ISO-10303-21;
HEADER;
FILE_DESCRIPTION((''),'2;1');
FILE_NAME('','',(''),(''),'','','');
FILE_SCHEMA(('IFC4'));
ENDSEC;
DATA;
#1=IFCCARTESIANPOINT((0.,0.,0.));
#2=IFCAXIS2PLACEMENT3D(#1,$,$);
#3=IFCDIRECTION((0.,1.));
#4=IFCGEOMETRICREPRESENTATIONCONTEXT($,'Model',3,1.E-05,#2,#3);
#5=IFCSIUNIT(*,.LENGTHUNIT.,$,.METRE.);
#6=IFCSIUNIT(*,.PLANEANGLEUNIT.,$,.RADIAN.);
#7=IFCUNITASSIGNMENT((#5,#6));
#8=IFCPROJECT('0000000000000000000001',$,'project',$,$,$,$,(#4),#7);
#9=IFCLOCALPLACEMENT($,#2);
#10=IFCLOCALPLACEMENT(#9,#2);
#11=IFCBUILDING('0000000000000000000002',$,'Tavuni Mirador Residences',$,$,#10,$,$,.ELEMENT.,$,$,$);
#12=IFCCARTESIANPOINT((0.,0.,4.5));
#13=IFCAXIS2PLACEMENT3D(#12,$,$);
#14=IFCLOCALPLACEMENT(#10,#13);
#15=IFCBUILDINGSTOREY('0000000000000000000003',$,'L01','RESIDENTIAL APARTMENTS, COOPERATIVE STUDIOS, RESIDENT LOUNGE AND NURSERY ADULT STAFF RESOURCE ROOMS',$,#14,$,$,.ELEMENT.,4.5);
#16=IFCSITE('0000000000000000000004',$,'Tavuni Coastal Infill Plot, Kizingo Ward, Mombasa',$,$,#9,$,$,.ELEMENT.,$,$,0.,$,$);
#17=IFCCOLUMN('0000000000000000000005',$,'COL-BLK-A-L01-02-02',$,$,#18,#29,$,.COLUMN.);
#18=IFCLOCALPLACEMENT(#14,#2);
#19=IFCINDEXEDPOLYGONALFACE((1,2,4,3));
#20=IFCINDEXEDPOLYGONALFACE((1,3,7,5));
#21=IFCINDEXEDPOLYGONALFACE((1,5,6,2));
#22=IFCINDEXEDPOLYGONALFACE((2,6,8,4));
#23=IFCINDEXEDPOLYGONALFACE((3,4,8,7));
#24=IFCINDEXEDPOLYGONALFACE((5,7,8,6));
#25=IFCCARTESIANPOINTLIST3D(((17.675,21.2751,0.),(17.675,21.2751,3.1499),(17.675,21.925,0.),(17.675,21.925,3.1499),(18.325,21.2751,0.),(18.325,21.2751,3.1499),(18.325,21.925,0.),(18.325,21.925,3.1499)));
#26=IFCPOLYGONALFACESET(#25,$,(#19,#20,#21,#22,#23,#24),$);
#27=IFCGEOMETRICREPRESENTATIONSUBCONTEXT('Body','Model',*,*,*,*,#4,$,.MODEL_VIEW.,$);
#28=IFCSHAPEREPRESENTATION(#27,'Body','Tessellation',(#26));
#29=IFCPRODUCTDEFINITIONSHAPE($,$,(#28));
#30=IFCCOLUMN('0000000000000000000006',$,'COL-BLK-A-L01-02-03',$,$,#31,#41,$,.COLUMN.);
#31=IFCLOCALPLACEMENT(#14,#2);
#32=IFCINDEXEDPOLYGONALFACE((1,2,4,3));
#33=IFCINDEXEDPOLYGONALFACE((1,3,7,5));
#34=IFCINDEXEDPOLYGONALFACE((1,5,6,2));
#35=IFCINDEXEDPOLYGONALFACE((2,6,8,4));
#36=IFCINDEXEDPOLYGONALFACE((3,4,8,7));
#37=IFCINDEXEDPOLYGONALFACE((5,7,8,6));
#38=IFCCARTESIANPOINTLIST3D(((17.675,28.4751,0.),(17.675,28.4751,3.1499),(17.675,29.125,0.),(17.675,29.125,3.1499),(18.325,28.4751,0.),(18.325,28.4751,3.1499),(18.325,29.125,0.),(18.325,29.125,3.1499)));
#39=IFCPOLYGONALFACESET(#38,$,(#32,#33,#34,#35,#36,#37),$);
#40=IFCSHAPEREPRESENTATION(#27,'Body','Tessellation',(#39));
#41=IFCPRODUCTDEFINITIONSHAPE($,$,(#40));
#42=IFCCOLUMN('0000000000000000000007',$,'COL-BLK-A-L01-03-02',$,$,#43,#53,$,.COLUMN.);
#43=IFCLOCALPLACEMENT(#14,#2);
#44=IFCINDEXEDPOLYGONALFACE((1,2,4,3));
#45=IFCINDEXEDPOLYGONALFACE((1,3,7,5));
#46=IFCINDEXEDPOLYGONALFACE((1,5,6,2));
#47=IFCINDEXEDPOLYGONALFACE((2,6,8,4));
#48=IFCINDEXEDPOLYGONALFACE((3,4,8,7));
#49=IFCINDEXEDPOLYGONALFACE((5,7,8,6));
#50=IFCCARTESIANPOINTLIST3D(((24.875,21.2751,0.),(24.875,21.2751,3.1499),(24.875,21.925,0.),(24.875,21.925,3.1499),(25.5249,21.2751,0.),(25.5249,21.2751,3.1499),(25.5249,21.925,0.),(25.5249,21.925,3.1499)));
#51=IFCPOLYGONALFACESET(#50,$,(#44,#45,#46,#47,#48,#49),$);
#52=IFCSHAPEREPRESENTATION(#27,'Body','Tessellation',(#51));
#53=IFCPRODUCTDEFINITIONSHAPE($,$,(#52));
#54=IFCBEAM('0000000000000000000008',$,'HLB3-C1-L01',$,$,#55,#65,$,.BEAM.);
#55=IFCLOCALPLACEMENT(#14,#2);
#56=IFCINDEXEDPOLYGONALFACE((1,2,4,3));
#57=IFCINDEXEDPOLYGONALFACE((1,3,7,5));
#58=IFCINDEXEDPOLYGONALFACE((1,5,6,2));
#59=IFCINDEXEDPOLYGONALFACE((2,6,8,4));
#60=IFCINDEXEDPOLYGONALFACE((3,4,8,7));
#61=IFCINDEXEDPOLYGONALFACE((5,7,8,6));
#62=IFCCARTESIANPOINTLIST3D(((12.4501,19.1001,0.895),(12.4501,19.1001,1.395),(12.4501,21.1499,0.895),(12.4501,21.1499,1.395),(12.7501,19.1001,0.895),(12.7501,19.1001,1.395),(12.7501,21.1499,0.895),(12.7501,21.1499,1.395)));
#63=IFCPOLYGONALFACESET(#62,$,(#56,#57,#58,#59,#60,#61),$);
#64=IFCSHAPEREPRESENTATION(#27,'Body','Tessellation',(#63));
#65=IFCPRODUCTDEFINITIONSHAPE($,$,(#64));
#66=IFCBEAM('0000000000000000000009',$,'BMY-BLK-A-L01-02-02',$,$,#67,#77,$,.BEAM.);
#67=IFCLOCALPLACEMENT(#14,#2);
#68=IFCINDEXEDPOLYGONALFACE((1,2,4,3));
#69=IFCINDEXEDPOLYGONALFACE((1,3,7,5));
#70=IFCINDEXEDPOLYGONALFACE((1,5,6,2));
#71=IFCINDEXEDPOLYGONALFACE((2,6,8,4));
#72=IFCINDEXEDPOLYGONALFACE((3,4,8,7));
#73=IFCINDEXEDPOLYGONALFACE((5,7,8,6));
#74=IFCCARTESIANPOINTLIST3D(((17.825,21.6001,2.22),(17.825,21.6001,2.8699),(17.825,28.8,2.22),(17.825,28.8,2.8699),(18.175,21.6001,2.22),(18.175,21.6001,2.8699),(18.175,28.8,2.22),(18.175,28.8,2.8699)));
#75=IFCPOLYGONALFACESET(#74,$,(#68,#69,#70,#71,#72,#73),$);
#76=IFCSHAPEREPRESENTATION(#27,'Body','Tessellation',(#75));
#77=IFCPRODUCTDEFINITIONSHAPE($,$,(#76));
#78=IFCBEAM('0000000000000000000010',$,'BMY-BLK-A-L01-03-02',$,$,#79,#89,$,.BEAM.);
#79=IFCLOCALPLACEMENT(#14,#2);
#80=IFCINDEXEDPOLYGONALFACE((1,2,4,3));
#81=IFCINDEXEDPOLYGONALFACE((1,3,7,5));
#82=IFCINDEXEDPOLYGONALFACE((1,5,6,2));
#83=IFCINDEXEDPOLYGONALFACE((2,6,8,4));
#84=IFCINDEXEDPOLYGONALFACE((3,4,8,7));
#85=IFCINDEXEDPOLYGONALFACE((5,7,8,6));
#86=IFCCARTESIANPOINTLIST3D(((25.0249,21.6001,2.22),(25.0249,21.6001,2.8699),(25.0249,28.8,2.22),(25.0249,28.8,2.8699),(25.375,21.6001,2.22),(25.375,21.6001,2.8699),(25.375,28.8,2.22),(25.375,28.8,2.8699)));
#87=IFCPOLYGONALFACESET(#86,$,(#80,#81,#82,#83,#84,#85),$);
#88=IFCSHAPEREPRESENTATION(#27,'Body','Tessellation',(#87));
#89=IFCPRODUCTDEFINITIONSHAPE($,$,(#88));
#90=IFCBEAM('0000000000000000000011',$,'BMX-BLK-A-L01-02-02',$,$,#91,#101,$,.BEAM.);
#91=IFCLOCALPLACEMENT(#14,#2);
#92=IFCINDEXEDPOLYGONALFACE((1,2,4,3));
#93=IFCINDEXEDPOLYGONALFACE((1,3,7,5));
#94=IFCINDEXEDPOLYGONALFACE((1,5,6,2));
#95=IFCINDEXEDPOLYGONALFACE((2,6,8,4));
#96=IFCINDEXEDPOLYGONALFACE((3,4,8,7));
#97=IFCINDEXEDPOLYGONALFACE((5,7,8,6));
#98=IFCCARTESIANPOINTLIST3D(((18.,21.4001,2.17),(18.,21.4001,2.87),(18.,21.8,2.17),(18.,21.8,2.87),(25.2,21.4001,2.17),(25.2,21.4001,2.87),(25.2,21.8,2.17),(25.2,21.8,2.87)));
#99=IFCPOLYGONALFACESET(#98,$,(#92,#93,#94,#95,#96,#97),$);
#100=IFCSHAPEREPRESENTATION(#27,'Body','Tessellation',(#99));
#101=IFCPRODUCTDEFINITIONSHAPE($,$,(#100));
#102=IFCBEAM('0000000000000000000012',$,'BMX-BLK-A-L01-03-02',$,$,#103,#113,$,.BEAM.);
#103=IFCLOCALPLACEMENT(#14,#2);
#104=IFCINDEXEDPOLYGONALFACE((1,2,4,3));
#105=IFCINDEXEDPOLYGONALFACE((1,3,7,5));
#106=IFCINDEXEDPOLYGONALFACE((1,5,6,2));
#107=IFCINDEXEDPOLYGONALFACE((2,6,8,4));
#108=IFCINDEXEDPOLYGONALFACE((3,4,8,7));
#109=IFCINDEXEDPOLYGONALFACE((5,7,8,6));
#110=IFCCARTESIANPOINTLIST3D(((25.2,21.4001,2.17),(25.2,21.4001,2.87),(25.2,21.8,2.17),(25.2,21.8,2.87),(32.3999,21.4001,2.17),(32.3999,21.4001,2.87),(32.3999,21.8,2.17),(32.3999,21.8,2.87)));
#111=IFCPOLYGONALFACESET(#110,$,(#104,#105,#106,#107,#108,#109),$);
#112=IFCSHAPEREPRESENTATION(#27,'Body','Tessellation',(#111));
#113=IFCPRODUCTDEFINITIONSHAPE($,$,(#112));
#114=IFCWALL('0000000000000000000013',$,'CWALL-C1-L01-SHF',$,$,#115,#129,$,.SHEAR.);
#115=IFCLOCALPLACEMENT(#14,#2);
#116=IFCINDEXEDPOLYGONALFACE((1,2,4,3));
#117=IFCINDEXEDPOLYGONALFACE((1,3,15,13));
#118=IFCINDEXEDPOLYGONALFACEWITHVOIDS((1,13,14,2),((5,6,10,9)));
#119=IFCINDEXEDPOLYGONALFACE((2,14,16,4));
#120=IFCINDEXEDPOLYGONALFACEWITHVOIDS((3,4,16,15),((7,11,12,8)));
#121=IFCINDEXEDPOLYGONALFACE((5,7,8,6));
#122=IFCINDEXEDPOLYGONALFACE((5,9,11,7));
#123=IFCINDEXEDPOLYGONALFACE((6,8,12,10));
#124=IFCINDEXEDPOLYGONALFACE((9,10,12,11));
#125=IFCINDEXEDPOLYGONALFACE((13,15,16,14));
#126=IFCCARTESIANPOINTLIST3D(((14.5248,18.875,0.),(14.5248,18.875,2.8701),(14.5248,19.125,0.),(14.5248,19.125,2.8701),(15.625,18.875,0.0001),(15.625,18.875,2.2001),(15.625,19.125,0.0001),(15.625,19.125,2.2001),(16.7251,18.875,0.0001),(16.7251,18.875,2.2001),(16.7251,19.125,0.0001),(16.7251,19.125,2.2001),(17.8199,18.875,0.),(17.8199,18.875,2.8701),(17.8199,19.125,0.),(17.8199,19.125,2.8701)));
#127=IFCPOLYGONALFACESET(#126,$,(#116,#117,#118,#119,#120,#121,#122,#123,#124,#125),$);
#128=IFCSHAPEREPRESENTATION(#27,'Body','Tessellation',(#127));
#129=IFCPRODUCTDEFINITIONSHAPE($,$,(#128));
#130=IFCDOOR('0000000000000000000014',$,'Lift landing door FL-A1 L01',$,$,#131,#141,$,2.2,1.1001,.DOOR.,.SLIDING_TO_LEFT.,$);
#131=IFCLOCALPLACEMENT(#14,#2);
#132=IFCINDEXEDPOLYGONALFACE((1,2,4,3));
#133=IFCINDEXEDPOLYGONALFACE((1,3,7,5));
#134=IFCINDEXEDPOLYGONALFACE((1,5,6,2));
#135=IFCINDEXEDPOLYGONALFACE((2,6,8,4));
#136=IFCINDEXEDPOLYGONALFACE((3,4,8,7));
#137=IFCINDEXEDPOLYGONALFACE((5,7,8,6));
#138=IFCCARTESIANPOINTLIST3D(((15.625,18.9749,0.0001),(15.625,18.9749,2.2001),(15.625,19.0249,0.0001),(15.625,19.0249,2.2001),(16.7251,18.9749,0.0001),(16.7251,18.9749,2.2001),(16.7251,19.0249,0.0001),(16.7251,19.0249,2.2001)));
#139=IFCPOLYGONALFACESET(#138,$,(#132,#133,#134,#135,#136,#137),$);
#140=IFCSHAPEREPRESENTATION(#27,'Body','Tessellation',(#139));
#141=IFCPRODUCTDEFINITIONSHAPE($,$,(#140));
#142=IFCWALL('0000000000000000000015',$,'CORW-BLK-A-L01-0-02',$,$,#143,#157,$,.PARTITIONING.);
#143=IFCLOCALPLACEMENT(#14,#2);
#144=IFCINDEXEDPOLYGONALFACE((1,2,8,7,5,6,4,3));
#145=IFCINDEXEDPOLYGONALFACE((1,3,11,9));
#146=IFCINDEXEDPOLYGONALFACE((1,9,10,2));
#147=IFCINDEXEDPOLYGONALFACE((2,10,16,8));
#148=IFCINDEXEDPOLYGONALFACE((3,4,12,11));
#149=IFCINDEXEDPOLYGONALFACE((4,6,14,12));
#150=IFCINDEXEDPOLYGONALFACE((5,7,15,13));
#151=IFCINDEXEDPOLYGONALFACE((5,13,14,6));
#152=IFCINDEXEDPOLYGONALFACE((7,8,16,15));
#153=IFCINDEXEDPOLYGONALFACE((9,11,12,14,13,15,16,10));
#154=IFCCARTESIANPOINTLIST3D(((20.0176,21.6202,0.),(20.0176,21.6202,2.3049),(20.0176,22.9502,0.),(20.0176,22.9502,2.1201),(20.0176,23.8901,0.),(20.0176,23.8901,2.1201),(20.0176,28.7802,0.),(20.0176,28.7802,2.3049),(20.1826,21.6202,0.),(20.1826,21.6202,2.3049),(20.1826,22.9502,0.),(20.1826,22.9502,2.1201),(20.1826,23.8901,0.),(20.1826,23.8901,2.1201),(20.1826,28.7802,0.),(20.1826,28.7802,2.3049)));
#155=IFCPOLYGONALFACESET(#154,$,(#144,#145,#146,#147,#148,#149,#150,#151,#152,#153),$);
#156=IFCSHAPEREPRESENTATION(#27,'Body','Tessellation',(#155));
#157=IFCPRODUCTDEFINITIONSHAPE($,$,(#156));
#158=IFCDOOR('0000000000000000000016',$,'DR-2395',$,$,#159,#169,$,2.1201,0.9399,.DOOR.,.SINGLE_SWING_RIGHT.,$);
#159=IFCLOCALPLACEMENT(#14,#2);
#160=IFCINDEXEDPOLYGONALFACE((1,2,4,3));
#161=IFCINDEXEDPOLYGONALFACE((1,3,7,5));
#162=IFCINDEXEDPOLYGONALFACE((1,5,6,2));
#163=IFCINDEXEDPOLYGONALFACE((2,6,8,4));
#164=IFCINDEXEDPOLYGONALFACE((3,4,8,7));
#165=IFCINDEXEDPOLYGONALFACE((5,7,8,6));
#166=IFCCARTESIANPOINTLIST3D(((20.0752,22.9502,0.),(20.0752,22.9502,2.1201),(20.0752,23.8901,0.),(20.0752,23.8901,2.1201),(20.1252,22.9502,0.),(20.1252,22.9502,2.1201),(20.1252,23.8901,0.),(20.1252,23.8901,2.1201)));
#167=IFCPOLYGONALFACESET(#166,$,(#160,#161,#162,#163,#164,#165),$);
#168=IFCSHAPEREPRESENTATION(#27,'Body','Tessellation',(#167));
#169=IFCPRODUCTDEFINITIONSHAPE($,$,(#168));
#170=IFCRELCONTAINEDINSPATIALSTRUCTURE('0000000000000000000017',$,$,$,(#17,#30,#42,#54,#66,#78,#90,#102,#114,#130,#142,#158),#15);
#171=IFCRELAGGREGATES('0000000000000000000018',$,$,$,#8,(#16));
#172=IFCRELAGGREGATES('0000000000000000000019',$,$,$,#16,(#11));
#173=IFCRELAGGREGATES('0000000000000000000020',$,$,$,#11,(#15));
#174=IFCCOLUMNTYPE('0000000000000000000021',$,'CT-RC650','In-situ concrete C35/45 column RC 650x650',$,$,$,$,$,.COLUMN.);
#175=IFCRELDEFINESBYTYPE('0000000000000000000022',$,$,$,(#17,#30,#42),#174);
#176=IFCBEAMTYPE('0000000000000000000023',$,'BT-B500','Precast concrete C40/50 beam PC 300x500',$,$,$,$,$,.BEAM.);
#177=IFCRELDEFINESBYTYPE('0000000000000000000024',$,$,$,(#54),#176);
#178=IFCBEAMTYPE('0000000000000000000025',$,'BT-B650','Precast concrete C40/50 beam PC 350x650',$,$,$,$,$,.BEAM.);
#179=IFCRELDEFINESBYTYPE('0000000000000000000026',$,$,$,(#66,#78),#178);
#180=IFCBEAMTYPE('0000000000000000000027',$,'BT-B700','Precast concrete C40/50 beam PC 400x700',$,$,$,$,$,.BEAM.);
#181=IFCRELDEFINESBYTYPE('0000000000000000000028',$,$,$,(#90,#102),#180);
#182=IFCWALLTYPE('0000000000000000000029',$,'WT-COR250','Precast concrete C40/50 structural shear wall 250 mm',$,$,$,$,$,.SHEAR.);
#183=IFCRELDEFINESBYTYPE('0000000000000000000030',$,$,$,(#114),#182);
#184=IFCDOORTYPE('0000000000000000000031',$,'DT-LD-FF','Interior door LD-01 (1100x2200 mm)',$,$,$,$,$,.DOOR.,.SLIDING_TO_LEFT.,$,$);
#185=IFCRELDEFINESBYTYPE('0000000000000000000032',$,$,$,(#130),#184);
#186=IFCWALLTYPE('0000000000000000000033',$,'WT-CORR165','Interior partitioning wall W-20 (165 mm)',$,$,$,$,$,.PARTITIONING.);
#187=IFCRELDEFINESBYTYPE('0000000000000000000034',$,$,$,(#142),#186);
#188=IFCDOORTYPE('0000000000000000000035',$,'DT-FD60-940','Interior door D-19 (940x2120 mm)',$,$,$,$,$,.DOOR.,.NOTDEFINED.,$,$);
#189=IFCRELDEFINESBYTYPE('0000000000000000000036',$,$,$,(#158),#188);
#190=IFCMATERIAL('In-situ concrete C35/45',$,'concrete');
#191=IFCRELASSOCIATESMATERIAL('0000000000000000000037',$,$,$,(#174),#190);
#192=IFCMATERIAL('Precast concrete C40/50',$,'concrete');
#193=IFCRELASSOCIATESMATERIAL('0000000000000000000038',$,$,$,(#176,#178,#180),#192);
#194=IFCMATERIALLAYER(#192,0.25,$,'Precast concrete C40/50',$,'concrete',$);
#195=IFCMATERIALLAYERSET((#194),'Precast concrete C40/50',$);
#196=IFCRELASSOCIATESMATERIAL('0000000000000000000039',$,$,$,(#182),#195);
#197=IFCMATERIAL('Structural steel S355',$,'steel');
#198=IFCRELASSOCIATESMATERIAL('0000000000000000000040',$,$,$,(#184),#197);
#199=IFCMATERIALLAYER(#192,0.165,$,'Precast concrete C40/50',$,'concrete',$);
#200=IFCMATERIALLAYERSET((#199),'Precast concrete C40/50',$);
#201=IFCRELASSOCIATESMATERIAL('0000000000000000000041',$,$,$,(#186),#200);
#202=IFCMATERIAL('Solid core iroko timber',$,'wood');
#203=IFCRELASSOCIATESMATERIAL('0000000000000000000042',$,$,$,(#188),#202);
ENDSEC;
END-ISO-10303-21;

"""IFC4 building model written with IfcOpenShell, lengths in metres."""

from ifc_helpers import new_model, si_unit, direction, frame, frame_2d, origin, origin_2d, place, context, subcontext, project, spatial, rectangle, extrude, material, layer, layer_set, material_profile, profile_set, type_object, element, fill, save


model = new_model("IFC4")

# Units and contexts
model_context = context("Model", 3, precision=1e-05, world=origin(), true_north=direction((0.0, 1.0)))
body_context = subcontext(model_context, "Body", "Model", "MODEL_VIEW")
ifc_project = project(units=[si_unit("LENGTHUNIT", "METRE"), si_unit("PLANEANGLEUNIT", "RADIAN")], contexts=[model_context])

# Site, building, storey
site_placement = place(None, origin())
site = spatial("IfcSite", under=ifc_project, at=site_placement, Name="Tavuni Coastal Infill Plot, Kizingo Ward, Mombasa", CompositionType="ELEMENT", RefElevation=0.0)
building_placement = place(site_placement, origin())
building = spatial("IfcBuilding", under=site, at=building_placement, Name="Tavuni Mirador Residences", CompositionType="ELEMENT")
storey_placement = place(building_placement, frame((0.0, 0.0, 4.5)))
storey = spatial("IfcBuildingStorey", under=building, at=storey_placement, Name="L01", Description="RESIDENTIAL APARTMENTS, COOPERATIVE STUDIOS, RESIDENT LOUNGE AND NURSERY ADULT STAFF RESOURCE ROOMS", CompositionType="ELEMENT", Elevation=4.5)

# Columns
ifc_material_1 = material(Name="In-situ concrete C35/45", Category="concrete")
ifc_material_profile_1 = material_profile(ifc_material_1, rectangle(XDim=0.6499, YDim=0.6499, at=origin_2d()), Name="RC 650x650", Category="concrete")
ifc_profile_set_1 = profile_set([ifc_material_profile_1], Name="In-situ concrete C35/45")
column_type = type_object("IfcColumnType", Name="CT-RC650", Description="In-situ concrete C35/45 column RC 650x650", PredefinedType="COLUMN", material=ifc_profile_set_1)
for number, where, z_axis, x_axis, name in (
    (1, (18.0, 21.6001, 0.0), (0.0, 0.0, 1.0), (1.0, 0.0, 0.0), "COL-BLK-A-L01-02-02"),
    (2, (18.0, 28.8, 0.0), (0.0, 0.0, 1.0), (1.0, 0.0, 0.0), "COL-BLK-A-L01-02-03"),
    (3, (25.2, 21.6001, 0.0), (0.0, 0.0, 1.0), (1.0, 0.0, 0.0), "COL-BLK-A-L01-03-02"),
):
    element("IfcColumn", number, at=place(storey_placement, frame(where, z_axis=z_axis, x_axis=x_axis)), inside=storey, type_object=column_type, Name=name, PredefinedType="COLUMN", context=body_context, shape_type="SweptSolid", body=[
        extrude(rectangle(XDim=0.6499, YDim=0.6499, at=origin_2d()), origin(), (0.0, 0.0, 1.0), 3.1499),
    ])

# Beams
ifc_material_2 = material(Name="Precast concrete C40/50", Category="concrete")
ifc_material_profile_2 = material_profile(ifc_material_2, rectangle(XDim=0.3, YDim=0.5, at=origin_2d()), Name="PC 300x500", Category="concrete")
ifc_profile_set_2 = profile_set([ifc_material_profile_2], Name="Precast concrete C40/50")
beam_type_1 = type_object("IfcBeamType", Name="BT-B500", Description="Precast concrete C40/50 beam PC 300x500", PredefinedType="BEAM", material=ifc_profile_set_2)
beam_placement = place(storey_placement, frame((12.6001, 19.1001, 1.145), z_axis=(0.0, 1.0, 0.0), x_axis=(-1.0, 0.0, 0.0)))
element("IfcBeam", 4, at=beam_placement, inside=storey, type_object=beam_type_1, Name="HLB3-C1-L01", PredefinedType="BEAM", context=body_context, shape_type="SweptSolid", body=[
    extrude(rectangle(XDim=0.3, YDim=0.5, at=origin_2d()), origin(), (0.0, 0.0, 1.0), 2.0498),
])
ifc_material_profile_3 = material_profile(ifc_material_2, rectangle(XDim=0.3501, YDim=0.6499, at=origin_2d()), Name="PC 350x650", Category="concrete")
ifc_profile_set_3 = profile_set([ifc_material_profile_3], Name="Precast concrete C40/50")
beam_type_2 = type_object("IfcBeamType", Name="BT-B650", Description="Precast concrete C40/50 beam PC 350x650", PredefinedType="BEAM", material=ifc_profile_set_3)
for number, where, z_axis, x_axis, name in (
    (5, (18.0, 21.6001, 2.5449), (0.0, 1.0, 0.0), (-1.0, 0.0, 0.0), "BMY-BLK-A-L01-02-02"),
    (6, (25.2, 21.6001, 2.5449), (0.0, 1.0, 0.0), (-1.0, 0.0, 0.0), "BMY-BLK-A-L01-03-02"),
):
    element("IfcBeam", number, at=place(storey_placement, frame(where, z_axis=z_axis, x_axis=x_axis)), inside=storey, type_object=beam_type_2, Name=name, PredefinedType="BEAM", context=body_context, shape_type="SweptSolid", body=[
        extrude(rectangle(XDim=0.3501, YDim=0.6499, at=origin_2d()), origin(), (0.0, 0.0, 1.0), 7.2),
    ])
ifc_material_profile_4 = material_profile(ifc_material_2, rectangle(XDim=0.3999, YDim=0.7, at=origin_2d()), Name="PC 400x700", Category="concrete")
ifc_profile_set_4 = profile_set([ifc_material_profile_4], Name="Precast concrete C40/50")
beam_type_3 = type_object("IfcBeamType", Name="BT-B700", Description="Precast concrete C40/50 beam PC 400x700", PredefinedType="BEAM", material=ifc_profile_set_4)
for number, where, z_axis, x_axis, name in (
    (7, (18.0, 21.6001, 2.52), (1.0, 0.0, 0.0), (0.0, 1.0, 0.0), "BMX-BLK-A-L01-02-02"),
    (8, (25.2, 21.6001, 2.52), (1.0, 0.0, 0.0), (0.0, 1.0, 0.0), "BMX-BLK-A-L01-03-02"),
):
    element("IfcBeam", number, at=place(storey_placement, frame(where, z_axis=z_axis, x_axis=x_axis)), inside=storey, type_object=beam_type_3, Name=name, PredefinedType="BEAM", context=body_context, shape_type="SweptSolid", body=[
        extrude(rectangle(XDim=0.3999, YDim=0.7, at=origin_2d()), origin(), (0.0, 0.0, 1.0), 7.2),
    ])

# Walls, openings, doors
ifc_layer_1 = layer(ifc_material_2, 0.25, Name="Precast concrete C40/50", Category="concrete")
ifc_layer_set_1 = layer_set([ifc_layer_1], Name="Precast concrete C40/50")
wall_type_1 = type_object("IfcWallType", Name="WT-COR250", Description="Precast concrete C40/50 structural shear wall 250 mm", PredefinedType="SHEAR", material=ifc_layer_set_1)
wall_1_placement = place(storey_placement, frame((14.5249, 19.0, 0.0), z_axis=(0.0, 0.0, 1.0), x_axis=(1.0, 0.0, 0.0)))
wall_1 = element("IfcWall", 9, at=wall_1_placement, inside=storey, type_object=wall_type_1, Name="CWALL-C1-L01-SHF", PredefinedType="SHEAR", context=body_context, shape_type="SweptSolid", body=[
    extrude(rectangle(XDim=3.2952, YDim=0.25, at=frame_2d((1.6475, 0.0))), origin(), (0.0, 0.0, 1.0), 2.8701),
])
opening_1_placement = place(wall_1_placement, frame((1.1001, 0.0, 0.0)))
opening_1 = element("IfcOpeningElement", 10, at=opening_1_placement, cuts=wall_1, PredefinedType="OPENING", context=body_context, shape_type="SweptSolid", body=[
    extrude(rectangle(XDim=1.1001, YDim=2.2, at=frame_2d((0.55, 1.1001))), frame((0.0, 0.135, 0.0), z_axis=(0.0, -1.0, 0.0), x_axis=(1.0, 0.0, 0.0)), (0.0, 0.0, 1.0), 0.27),
])
ifc_material_3 = material(Name="Structural steel S355", Category="steel")
door_type_1 = type_object("IfcDoorType", Name="DT-LD-FF", Description="Interior door LD-01 (1100x2200 mm)", OperationType="SLIDING_TO_LEFT", PredefinedType="DOOR", material=ifc_material_3)
door_1_placement = place(opening_1_placement, origin())
door_1 = element("IfcDoor", 11, at=door_1_placement, inside=storey, type_object=door_type_1, Name="Lift landing door FL-A1 L01", OperationType="SLIDING_TO_LEFT", OverallHeight=2.2, OverallWidth=1.1001, PredefinedType="DOOR", context=body_context, shape_type="SweptSolid", body=[
    extrude(rectangle(XDim=1.1001, YDim=2.2, at=frame_2d((0.55, 1.1001))), frame((0.0, 0.0249, 0.0), z_axis=(0.0, -1.0, 0.0), x_axis=(1.0, 0.0, 0.0)), (0.0, 0.0, 1.0), 0.05),
])
fill(opening_1, door_1)
ifc_layer_2 = layer(ifc_material_2, 0.165, Name="Precast concrete C40/50", Category="concrete")
ifc_layer_set_2 = layer_set([ifc_layer_2], Name="Precast concrete C40/50")
wall_type_2 = type_object("IfcWallType", Name="WT-CORR165", Description="Interior partitioning wall W-20 (165 mm)", PredefinedType="PARTITIONING", material=ifc_layer_set_2)
wall_2_placement = place(storey_placement, frame((20.1001, 21.6201, 0.0), z_axis=(0.0, 0.0, 1.0), x_axis=(0.0, 1.0, 0.0)))
wall_2 = element("IfcWall", 12, at=wall_2_placement, inside=storey, type_object=wall_type_2, Name="CORW-BLK-A-L01-0-02", PredefinedType="PARTITIONING", context=body_context, shape_type="SweptSolid", body=[
    extrude(rectangle(XDim=7.1599, YDim=0.165, at=frame_2d((3.5801, 0.0))), origin(), (0.0, 0.0, 1.0), 2.3049),
])
opening_2_placement = place(wall_2_placement, frame((1.3301, 0.0, 0.0)))
opening_2 = element("IfcOpeningElement", 13, at=opening_2_placement, cuts=wall_2, PredefinedType="OPENING", context=body_context, shape_type="SweptSolid", body=[
    extrude(rectangle(XDim=0.9399, YDim=2.1201, at=frame_2d((0.47, 1.0601))), frame((0.0, 0.0925, 0.0), z_axis=(0.0, -1.0, 0.0), x_axis=(1.0, 0.0, 0.0)), (0.0, 0.0, 1.0), 0.1851),
])
ifc_material_4 = material(Name="Solid core iroko timber", Category="wood")
door_type_2 = type_object("IfcDoorType", Name="DT-FD60-940", Description="Interior door D-19 (940x2120 mm)", OperationType="NOTDEFINED", PredefinedType="DOOR", material=ifc_material_4)
door_2_placement = place(opening_2_placement, origin())
door_2 = element("IfcDoor", 14, at=door_2_placement, inside=storey, type_object=door_type_2, Name="DR-2395", OperationType="SINGLE_SWING_RIGHT", OverallHeight=2.1201, OverallWidth=0.9399, PredefinedType="DOOR", context=body_context, shape_type="SweptSolid", body=[
    extrude(rectangle(XDim=0.9399, YDim=2.1201, at=frame_2d((0.47, 1.0601))), frame((0.0, 0.0249, 0.0), z_axis=(0.0, -1.0, 0.0), x_axis=(1.0, 0.0, 0.0)), (0.0, 0.0, 1.0), 0.05),
])
fill(opening_2, door_2)

save(model, "model.ifc")
